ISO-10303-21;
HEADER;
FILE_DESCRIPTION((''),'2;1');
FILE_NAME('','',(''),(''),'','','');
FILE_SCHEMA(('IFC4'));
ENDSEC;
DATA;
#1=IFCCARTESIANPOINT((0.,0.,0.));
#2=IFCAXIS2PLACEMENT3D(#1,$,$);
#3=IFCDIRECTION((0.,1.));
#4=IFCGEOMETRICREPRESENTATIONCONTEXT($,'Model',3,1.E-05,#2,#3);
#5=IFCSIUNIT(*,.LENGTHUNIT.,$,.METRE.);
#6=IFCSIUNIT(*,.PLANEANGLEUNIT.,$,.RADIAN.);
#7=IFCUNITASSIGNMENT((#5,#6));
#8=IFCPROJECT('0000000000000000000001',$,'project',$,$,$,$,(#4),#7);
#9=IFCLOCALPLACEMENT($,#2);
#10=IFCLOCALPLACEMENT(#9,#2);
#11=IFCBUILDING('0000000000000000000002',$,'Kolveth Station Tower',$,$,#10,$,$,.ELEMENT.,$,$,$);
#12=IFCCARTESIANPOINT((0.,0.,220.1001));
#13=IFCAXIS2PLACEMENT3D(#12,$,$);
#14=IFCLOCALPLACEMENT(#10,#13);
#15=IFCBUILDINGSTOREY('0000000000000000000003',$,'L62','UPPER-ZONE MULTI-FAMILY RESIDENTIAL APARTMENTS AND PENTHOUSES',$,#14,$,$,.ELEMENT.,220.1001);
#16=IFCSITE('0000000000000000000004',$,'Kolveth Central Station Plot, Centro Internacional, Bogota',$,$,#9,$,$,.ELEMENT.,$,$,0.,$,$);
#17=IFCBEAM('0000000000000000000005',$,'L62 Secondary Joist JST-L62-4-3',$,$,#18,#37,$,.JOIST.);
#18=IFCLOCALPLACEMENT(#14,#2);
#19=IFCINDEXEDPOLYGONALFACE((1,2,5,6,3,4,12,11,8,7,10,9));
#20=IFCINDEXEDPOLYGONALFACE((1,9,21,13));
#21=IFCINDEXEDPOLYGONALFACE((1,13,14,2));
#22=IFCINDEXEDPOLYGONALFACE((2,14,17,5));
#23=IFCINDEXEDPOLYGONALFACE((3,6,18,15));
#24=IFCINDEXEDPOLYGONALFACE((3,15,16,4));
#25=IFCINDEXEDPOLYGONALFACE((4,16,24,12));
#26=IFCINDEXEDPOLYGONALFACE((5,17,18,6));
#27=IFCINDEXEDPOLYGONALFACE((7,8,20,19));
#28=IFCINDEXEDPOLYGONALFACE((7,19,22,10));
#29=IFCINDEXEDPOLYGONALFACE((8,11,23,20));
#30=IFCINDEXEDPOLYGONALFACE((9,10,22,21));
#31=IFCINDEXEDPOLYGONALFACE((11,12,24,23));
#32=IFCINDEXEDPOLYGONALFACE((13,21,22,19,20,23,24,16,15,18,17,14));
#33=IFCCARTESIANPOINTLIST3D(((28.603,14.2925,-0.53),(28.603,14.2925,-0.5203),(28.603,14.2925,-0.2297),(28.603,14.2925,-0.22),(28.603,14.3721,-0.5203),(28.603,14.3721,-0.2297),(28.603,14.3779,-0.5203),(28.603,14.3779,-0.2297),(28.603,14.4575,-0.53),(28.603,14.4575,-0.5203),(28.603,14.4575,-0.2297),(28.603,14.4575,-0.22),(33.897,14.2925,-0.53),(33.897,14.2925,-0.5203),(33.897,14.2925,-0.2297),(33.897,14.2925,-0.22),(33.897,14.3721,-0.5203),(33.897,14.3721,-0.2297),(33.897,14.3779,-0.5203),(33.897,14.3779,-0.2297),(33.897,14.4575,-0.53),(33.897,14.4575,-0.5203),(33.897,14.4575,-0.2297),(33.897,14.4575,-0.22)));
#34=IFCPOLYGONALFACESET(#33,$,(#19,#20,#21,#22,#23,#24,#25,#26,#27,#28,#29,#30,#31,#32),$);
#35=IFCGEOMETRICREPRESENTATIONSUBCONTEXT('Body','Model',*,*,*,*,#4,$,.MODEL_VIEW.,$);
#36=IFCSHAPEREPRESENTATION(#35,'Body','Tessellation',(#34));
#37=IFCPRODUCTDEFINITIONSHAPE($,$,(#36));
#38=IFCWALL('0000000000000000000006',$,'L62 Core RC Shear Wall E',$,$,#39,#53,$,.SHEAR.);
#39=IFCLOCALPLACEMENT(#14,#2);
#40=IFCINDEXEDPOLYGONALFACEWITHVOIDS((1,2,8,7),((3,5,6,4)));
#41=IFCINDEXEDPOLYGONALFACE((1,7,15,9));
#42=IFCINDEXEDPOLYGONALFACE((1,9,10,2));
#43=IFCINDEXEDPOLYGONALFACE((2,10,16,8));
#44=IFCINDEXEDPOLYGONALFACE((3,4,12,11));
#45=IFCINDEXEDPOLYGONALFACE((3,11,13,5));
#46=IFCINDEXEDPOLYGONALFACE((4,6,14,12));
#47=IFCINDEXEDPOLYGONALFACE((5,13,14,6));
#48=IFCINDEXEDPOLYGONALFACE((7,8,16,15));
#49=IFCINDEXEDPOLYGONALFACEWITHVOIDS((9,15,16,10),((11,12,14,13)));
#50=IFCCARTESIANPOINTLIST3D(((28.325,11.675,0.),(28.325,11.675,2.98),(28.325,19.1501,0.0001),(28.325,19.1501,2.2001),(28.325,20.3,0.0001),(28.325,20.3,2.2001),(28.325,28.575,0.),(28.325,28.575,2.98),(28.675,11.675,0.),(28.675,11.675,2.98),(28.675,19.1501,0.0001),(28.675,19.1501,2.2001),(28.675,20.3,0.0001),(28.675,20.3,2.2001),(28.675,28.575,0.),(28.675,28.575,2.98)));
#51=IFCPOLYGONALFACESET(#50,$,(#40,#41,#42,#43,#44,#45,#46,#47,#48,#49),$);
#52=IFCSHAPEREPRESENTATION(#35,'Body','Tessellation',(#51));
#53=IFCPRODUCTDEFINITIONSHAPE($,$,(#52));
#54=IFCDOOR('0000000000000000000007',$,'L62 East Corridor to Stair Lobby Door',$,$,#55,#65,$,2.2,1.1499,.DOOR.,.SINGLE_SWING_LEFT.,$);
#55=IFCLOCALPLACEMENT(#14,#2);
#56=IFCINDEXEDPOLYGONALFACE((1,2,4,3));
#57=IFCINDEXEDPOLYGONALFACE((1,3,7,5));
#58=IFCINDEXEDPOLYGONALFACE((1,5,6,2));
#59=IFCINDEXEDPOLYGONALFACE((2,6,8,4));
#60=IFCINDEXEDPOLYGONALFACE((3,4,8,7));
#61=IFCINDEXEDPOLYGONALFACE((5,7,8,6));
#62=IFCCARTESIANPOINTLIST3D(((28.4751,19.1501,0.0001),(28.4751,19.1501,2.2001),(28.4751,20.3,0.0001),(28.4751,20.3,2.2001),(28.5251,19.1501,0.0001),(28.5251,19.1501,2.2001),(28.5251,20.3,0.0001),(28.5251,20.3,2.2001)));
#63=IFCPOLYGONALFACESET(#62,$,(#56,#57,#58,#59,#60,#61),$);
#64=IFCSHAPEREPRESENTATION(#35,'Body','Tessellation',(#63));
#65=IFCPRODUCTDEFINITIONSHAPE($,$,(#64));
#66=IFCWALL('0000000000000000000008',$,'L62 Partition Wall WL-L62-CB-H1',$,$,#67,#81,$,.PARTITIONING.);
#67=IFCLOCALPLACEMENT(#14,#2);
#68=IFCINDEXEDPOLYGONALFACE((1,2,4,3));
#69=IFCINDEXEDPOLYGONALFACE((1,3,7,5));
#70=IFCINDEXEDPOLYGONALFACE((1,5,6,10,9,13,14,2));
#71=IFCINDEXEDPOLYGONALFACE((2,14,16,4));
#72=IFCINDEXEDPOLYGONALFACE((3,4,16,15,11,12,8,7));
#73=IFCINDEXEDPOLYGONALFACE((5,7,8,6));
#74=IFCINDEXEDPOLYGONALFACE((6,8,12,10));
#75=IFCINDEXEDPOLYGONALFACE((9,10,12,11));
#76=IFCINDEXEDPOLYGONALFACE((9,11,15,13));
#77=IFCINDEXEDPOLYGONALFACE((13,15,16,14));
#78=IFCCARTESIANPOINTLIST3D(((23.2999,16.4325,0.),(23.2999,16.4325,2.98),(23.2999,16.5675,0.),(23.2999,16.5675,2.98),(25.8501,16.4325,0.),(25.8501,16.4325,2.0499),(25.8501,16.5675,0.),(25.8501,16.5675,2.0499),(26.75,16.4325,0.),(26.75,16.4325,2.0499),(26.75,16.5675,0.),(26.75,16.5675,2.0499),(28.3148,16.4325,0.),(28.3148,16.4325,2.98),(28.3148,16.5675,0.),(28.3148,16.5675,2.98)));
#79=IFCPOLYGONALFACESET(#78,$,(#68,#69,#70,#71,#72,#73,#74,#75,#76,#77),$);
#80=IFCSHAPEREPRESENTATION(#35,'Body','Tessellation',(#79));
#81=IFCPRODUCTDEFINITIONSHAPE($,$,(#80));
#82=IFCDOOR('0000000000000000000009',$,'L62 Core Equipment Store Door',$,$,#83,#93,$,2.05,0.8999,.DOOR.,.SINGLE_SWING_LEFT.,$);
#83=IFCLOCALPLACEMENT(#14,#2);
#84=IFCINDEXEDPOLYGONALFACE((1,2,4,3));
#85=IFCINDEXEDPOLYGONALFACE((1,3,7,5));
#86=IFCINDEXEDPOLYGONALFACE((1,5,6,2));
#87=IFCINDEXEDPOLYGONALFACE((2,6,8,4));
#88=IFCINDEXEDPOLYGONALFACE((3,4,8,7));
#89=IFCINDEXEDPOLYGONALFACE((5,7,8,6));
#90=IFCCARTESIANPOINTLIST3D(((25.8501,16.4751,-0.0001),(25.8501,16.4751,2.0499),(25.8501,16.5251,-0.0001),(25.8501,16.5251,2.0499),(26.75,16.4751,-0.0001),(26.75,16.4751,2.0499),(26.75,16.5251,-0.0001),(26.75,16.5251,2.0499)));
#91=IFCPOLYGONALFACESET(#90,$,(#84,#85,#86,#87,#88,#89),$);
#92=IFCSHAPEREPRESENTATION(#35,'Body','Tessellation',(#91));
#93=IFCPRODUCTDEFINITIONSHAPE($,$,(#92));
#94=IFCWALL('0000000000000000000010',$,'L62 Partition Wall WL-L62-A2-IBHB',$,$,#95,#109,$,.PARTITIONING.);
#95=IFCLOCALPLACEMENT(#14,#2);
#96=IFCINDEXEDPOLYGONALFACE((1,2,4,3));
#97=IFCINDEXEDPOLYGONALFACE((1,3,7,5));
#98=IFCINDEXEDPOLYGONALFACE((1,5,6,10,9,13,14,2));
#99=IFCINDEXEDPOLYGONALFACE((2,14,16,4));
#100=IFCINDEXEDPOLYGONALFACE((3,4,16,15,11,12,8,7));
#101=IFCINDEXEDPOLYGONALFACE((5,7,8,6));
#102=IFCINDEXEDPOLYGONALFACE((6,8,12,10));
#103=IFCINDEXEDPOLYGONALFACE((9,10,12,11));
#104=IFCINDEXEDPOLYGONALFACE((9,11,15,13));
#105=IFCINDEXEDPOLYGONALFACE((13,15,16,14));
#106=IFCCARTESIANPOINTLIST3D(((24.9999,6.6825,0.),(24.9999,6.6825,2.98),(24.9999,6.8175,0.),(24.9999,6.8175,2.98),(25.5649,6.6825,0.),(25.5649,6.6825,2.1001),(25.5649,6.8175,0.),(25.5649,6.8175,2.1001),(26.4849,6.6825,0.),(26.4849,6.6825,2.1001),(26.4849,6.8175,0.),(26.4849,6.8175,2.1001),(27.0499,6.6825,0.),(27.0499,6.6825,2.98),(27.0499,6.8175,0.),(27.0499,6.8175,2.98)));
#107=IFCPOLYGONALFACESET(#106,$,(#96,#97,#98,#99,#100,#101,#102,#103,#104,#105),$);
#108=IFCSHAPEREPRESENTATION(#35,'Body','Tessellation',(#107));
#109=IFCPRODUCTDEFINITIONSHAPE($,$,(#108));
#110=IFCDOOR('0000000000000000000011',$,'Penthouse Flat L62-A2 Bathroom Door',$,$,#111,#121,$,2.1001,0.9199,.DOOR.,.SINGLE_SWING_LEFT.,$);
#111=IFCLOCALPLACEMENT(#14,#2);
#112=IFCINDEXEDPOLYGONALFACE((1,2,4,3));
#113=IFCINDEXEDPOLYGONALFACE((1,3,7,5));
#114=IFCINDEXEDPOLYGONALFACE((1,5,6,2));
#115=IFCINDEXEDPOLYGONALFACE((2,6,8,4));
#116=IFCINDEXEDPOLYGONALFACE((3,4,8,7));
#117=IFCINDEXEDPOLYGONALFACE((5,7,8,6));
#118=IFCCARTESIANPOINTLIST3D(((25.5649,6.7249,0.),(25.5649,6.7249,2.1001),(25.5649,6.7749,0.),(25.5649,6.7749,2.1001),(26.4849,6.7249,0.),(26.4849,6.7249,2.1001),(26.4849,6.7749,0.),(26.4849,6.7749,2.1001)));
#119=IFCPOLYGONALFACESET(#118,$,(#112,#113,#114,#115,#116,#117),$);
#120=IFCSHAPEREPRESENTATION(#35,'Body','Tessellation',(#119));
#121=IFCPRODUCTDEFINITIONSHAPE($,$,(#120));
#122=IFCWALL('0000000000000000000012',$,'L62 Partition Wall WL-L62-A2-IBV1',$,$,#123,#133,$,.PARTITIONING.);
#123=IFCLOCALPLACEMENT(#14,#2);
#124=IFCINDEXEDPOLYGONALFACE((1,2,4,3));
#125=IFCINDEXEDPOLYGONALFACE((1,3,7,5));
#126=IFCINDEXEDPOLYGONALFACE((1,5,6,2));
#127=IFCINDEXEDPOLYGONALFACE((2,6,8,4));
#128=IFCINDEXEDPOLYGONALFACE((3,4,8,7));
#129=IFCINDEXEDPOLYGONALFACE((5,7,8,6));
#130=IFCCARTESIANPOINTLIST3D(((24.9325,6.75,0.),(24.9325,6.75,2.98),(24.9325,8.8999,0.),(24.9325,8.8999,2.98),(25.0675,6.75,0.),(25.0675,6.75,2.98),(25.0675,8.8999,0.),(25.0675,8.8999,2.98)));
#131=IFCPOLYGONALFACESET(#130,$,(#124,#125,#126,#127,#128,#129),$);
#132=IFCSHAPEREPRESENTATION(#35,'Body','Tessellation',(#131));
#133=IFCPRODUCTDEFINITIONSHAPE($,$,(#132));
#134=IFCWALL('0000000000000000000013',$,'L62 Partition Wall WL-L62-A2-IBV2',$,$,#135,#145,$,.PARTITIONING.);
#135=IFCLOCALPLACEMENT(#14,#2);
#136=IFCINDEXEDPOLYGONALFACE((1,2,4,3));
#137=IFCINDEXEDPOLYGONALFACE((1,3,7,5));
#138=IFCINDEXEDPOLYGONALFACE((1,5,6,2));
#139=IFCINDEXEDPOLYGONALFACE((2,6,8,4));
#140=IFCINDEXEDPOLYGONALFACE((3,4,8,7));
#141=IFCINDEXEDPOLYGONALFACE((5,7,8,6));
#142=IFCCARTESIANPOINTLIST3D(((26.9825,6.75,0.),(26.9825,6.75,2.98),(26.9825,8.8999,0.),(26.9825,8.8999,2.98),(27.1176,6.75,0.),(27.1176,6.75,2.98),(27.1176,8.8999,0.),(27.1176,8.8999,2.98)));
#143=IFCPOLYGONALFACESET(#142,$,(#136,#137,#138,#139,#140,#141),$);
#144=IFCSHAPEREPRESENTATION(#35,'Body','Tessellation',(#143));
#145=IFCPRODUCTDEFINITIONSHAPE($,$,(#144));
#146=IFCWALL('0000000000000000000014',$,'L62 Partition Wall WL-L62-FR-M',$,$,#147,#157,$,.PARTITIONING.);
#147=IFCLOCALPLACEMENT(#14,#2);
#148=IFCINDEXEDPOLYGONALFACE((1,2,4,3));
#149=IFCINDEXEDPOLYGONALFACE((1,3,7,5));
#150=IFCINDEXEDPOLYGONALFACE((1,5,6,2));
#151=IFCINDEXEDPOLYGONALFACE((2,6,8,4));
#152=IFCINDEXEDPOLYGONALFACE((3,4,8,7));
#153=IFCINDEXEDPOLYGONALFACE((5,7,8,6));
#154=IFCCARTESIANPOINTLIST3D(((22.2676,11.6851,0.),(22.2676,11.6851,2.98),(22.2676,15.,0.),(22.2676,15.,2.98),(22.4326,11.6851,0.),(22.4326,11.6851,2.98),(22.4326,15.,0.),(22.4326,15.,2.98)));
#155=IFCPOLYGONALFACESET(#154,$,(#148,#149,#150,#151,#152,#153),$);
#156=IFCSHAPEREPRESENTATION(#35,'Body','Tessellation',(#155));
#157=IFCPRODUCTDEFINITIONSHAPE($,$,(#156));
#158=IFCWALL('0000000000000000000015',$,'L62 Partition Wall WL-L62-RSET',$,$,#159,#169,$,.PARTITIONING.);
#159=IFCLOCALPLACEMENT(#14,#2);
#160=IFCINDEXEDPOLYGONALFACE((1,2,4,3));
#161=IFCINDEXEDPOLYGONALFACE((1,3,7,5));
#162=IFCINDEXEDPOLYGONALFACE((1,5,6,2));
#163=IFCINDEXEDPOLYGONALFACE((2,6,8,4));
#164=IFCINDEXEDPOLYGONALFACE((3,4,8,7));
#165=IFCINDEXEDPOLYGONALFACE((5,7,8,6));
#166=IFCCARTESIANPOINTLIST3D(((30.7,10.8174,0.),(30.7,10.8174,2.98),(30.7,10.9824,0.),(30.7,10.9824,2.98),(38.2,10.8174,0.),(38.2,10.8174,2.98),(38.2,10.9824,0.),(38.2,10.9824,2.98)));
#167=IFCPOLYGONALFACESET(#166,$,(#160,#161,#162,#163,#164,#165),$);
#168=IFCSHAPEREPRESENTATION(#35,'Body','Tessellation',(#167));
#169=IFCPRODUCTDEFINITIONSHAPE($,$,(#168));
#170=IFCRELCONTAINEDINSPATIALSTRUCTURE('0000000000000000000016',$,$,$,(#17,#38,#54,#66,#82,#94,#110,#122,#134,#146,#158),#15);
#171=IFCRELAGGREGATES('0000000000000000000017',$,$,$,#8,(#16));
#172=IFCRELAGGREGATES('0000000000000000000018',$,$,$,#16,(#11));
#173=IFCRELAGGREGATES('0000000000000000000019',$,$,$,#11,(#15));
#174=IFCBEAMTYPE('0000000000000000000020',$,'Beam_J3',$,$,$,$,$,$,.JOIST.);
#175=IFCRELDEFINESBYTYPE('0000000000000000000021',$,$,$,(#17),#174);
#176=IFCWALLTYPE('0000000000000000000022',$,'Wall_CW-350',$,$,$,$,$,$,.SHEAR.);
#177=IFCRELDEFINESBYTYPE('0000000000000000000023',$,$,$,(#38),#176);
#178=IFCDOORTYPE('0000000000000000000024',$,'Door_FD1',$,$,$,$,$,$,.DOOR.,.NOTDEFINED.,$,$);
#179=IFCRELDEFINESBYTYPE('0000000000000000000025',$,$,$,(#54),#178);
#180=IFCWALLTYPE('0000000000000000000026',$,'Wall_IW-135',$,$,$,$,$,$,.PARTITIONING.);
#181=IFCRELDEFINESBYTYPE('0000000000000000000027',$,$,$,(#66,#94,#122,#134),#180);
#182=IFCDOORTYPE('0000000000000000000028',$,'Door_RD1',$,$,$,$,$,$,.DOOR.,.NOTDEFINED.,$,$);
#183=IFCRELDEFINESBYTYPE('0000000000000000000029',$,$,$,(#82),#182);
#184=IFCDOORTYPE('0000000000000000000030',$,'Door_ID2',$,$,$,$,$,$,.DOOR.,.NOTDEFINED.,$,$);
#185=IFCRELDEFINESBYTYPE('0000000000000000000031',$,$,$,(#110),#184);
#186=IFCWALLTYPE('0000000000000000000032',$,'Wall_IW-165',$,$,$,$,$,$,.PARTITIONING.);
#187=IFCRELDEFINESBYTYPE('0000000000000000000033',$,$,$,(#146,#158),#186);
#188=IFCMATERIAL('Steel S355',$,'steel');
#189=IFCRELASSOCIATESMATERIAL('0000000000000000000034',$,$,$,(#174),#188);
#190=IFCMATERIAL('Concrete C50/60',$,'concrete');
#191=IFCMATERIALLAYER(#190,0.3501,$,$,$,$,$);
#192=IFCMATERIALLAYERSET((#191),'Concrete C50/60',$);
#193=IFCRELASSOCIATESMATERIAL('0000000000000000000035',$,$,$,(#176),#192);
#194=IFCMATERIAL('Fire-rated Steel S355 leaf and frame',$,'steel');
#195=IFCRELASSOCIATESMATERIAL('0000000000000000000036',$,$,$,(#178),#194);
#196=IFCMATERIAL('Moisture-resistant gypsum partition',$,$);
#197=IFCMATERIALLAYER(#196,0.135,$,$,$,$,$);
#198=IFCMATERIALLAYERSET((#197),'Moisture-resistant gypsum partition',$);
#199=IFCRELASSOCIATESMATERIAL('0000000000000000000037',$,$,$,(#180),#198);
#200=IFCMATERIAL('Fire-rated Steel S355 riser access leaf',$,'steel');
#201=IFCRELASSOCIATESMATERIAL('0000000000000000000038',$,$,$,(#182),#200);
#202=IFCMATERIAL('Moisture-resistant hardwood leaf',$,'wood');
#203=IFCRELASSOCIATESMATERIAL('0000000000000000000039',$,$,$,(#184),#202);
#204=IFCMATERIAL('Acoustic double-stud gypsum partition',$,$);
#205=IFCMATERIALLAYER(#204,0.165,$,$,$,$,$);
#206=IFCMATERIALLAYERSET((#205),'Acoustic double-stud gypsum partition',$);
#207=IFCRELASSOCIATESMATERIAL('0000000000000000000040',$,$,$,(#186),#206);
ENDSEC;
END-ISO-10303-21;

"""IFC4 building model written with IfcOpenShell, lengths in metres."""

from ifc_helpers import new_model, si_unit, direction, frame, frame_2d, origin, origin_2d, place, context, subcontext, project, spatial, rectangle, i_section, extrude, source, transform, mapped, material, layer, layer_set, material_profile, profile_set, type_object, element, fill, save


model = new_model("IFC4")

# Units and contexts
model_context = context("Model", 3, precision=1e-05, world=origin(), true_north=direction((0.0, 1.0)))
body_context = subcontext(model_context, "Body", "Model", "MODEL_VIEW")
ifc_project = project(units=[si_unit("LENGTHUNIT", "METRE"), si_unit("PLANEANGLEUNIT", "RADIAN")], contexts=[model_context])

# Site, building, storey
site_placement = place(None, origin())
site = spatial("IfcSite", under=ifc_project, at=site_placement, Name="Kolveth Central Station Plot, Centro Internacional, Bogota", CompositionType="ELEMENT", RefElevation=0.0)
building_placement = place(site_placement, origin())
building = spatial("IfcBuilding", under=site, at=building_placement, Name="Kolveth Station Tower", CompositionType="ELEMENT")
storey_placement = place(building_placement, frame((0.0, 0.0, 220.1001)))
storey = spatial("IfcBuildingStorey", under=building, at=storey_placement, Name="L62", Description="UPPER-ZONE MULTI-FAMILY RESIDENTIAL APARTMENTS AND PENTHOUSES", CompositionType="ELEMENT", Elevation=220.1001)

# Shared definitions
ifc_material_1 = material(Name="Steel S355", Category="steel")

# Beam
ifc_material_profile_1 = material_profile(ifc_material_1, i_section(OverallWidth=0.165, OverallDepth=0.3101, WebThickness=0.0059, FlangeThickness=0.0098, at=origin_2d()), Name="W310x39")
ifc_profile_set_1 = profile_set([ifc_material_profile_1], Name="Steel S355")
beam_type_1 = type_object("IfcBeamType", Name="Beam_J3", PredefinedType="JOIST", material=ifc_profile_set_1)
shared_shape_1 = source(origin(), body_context, "Body", "SweptSolid", [
    extrude(i_section(OverallWidth=0.165, OverallDepth=0.3101, WebThickness=0.0059, FlangeThickness=0.0098, at=origin_2d()), origin(), (0.0, 0.0, 1.0), 5.2939),
])
for number, where, z_axis, x_axis, name in (
    (1, (28.603, 14.375, -0.375), (1.0, 0.0, 0.0), (0.0, 1.0, 0.0), "L62 Secondary Joist JST-L62-4-3"),
):
    element("IfcBeam", number, at=place(storey_placement, frame(where, z_axis=z_axis, x_axis=x_axis)), inside=storey, type_object=beam_type_1, Name=name, PredefinedType="JOIST", context=body_context, shape_type="MappedRepresentation", body=[
        mapped(shared_shape_1, transform((0.0, 0.0, 0.0), x_axis=(1.0, 0.0, 0.0), y_axis=(0.0, 1.0, 0.0), z_axis=(0.0, 0.0, 1.0), scale=1.0)),
    ])

# Walls, openings, doors
ifc_material_2 = material(Name="Concrete C50/60", Category="concrete")
ifc_layer_1 = layer(ifc_material_2, 0.3501)
ifc_layer_set_1 = layer_set([ifc_layer_1], Name="Concrete C50/60")
wall_type_1 = type_object("IfcWallType", Name="Wall_CW-350", PredefinedType="SHEAR", material=ifc_layer_set_1)
wall_1_placement = place(storey_placement, frame((28.5, 11.675, 0.0), z_axis=(0.0, 0.0, 1.0), x_axis=(0.0, 1.0, 0.0)))
wall_1 = element("IfcWall", 2, at=wall_1_placement, inside=storey, type_object=wall_type_1, Name="L62 Core RC Shear Wall E", PredefinedType="SHEAR", context=body_context, shape_type="SweptSolid", body=[
    extrude(rectangle(XDim=16.8999, YDim=0.3501, at=frame_2d((8.45, 0.0))), origin(), (0.0, 0.0, 1.0), 2.98),
])
opening_1_placement = place(wall_1_placement, frame((7.4751, 0.0, 0.0)))
opening_1 = element("IfcOpeningElement", 3, at=opening_1_placement, cuts=wall_1, PredefinedType="OPENING", context=body_context, shape_type="SweptSolid", body=[
    extrude(rectangle(XDim=1.1499, YDim=2.2, at=frame_2d((0.575, 1.1001))), frame((0.0, 0.1851, 0.0), z_axis=(0.0, -1.0, 0.0), x_axis=(1.0, 0.0, 0.0)), (0.0, 0.0, 1.0), 0.3701),
])
ifc_material_3 = material(Name="Fire-rated Steel S355 leaf and frame", Category="steel")
door_type_1 = type_object("IfcDoorType", Name="Door_FD1", OperationType="NOTDEFINED", PredefinedType="DOOR", material=ifc_material_3)
door_1_placement = place(opening_1_placement, origin())
door_1 = element("IfcDoor", 4, at=door_1_placement, inside=storey, type_object=door_type_1, Name="L62 East Corridor to Stair Lobby Door", OperationType="SINGLE_SWING_LEFT", OverallHeight=2.2, OverallWidth=1.1499, PredefinedType="DOOR", context=body_context, shape_type="SweptSolid", body=[
    extrude(rectangle(XDim=1.1499, YDim=2.2, at=frame_2d((0.575, 1.1001))), frame((0.0, 0.0249, 0.0), z_axis=(0.0, -1.0, 0.0), x_axis=(1.0, 0.0, 0.0)), (0.0, 0.0, 1.0), 0.05),
])
fill(opening_1, door_1)
ifc_material_4 = material(Name="Moisture-resistant gypsum partition")
ifc_layer_2 = layer(ifc_material_4, 0.135)
ifc_layer_set_2 = layer_set([ifc_layer_2], Name="Moisture-resistant gypsum partition")
wall_type_2 = type_object("IfcWallType", Name="Wall_IW-135", PredefinedType="PARTITIONING", material=ifc_layer_set_2)
wall_2_placement = place(storey_placement, frame((23.3, 16.5, 0.0), z_axis=(0.0, 0.0, 1.0), x_axis=(1.0, 0.0, 0.0)))
wall_2 = element("IfcWall", 5, at=wall_2_placement, inside=storey, type_object=wall_type_2, Name="L62 Partition Wall WL-L62-CB-H1", PredefinedType="PARTITIONING", context=body_context, shape_type="SweptSolid", body=[
    extrude(rectangle(XDim=5.0149, YDim=0.135, at=frame_2d((2.5073, 0.0))), origin(), (0.0, 0.0, 1.0), 2.98),
])
opening_2_placement = place(wall_2_placement, frame((2.55, 0.0, 0.0)))
opening_2 = element("IfcOpeningElement", 6, at=opening_2_placement, cuts=wall_2, PredefinedType="OPENING", context=body_context, shape_type="SweptSolid", body=[
    extrude(rectangle(XDim=0.8999, YDim=2.05, at=frame_2d((0.45, 1.0249))), frame((0.0, 0.0774, 0.0), z_axis=(0.0, -1.0, 0.0), x_axis=(1.0, 0.0, 0.0)), (0.0, 0.0, 1.0), 0.155),
])
ifc_material_5 = material(Name="Fire-rated Steel S355 riser access leaf", Category="steel")
door_type_2 = type_object("IfcDoorType", Name="Door_RD1", OperationType="NOTDEFINED", PredefinedType="DOOR", material=ifc_material_5)
door_2_placement = place(opening_2_placement, frame((0.8999, 0.0, 0.0), z_axis=(0.0, 0.0, 1.0), x_axis=(-1.0, 0.0, 0.0)))
door_2 = element("IfcDoor", 7, at=door_2_placement, inside=storey, type_object=door_type_2, Name="L62 Core Equipment Store Door", OperationType="SINGLE_SWING_LEFT", OverallHeight=2.05, OverallWidth=0.8999, PredefinedType="DOOR", context=body_context, shape_type="SweptSolid", body=[
    extrude(rectangle(XDim=0.8999, YDim=2.05, at=frame_2d((0.45, 1.0249))), frame((0.0, 0.0249, 0.0), z_axis=(0.0, -1.0, 0.0), x_axis=(1.0, 0.0, 0.0)), (0.0, 0.0, 1.0), 0.05),
])
fill(opening_2, door_2)
wall_3_placement = place(storey_placement, frame((25.0, 6.75, 0.0), z_axis=(0.0, 0.0, 1.0), x_axis=(1.0, 0.0, 0.0)))
wall_3 = element("IfcWall", 8, at=wall_3_placement, inside=storey, type_object=wall_type_2, Name="L62 Partition Wall WL-L62-A2-IBHB", PredefinedType="PARTITIONING", context=body_context, shape_type="SweptSolid", body=[
    extrude(rectangle(XDim=2.05, YDim=0.135, at=frame_2d((1.0249, 0.0))), origin(), (0.0, 0.0, 1.0), 2.98),
])
opening_3_placement = place(wall_3_placement, frame((0.5649, 0.0, 0.0)))
opening_3 = element("IfcOpeningElement", 9, at=opening_3_placement, cuts=wall_3, PredefinedType="OPENING", context=body_context, shape_type="SweptSolid", body=[
    extrude(rectangle(XDim=0.9199, YDim=2.1001, at=frame_2d((0.46, 1.05))), frame((0.0, 0.0774, 0.0), z_axis=(0.0, -1.0, 0.0), x_axis=(1.0, 0.0, 0.0)), (0.0, 0.0, 1.0), 0.155),
])
ifc_material_6 = material(Name="Moisture-resistant hardwood leaf", Category="wood")
door_type_3 = type_object("IfcDoorType", Name="Door_ID2", OperationType="NOTDEFINED", PredefinedType="DOOR", material=ifc_material_6)
door_3_placement = place(opening_3_placement, origin())
door_3 = element("IfcDoor", 10, at=door_3_placement, inside=storey, type_object=door_type_3, Name="Penthouse Flat L62-A2 Bathroom Door", OperationType="SINGLE_SWING_LEFT", OverallHeight=2.1001, OverallWidth=0.9199, PredefinedType="DOOR", context=body_context, shape_type="SweptSolid", body=[
    extrude(rectangle(XDim=0.9199, YDim=2.1001, at=frame_2d((0.46, 1.05))), frame((0.0, 0.0249, 0.0), z_axis=(0.0, -1.0, 0.0), x_axis=(1.0, 0.0, 0.0)), (0.0, 0.0, 1.0), 0.05),
])
fill(opening_3, door_3)

# Walls
for number, where, z_axis, x_axis, name in (
    (11, (25.0, 6.75, 0.0), (0.0, 0.0, 1.0), (0.0, 1.0, 0.0), "L62 Partition Wall WL-L62-A2-IBV1"),
    (12, (27.05, 6.75, 0.0), (0.0, 0.0, 1.0), (0.0, 1.0, 0.0), "L62 Partition Wall WL-L62-A2-IBV2"),
):
    element("IfcWall", number, at=place(storey_placement, frame(where, z_axis=z_axis, x_axis=x_axis)), inside=storey, type_object=wall_type_2, Name=name, PredefinedType="PARTITIONING", context=body_context, shape_type="SweptSolid", body=[
        extrude(rectangle(XDim=2.1499, YDim=0.135, at=frame_2d((1.075, 0.0))), origin(), (0.0, 0.0, 1.0), 2.98),
    ])
ifc_material_7 = material(Name="Acoustic double-stud gypsum partition")
ifc_layer_3 = layer(ifc_material_7, 0.165)
ifc_layer_set_3 = layer_set([ifc_layer_3], Name="Acoustic double-stud gypsum partition")
wall_type_3 = type_object("IfcWallType", Name="Wall_IW-165", PredefinedType="PARTITIONING", material=ifc_layer_set_3)
wall_4_placement = place(storey_placement, frame((22.3501, 11.6851, 0.0), z_axis=(0.0, 0.0, 1.0), x_axis=(0.0, 1.0, 0.0)))
element("IfcWall", 13, at=wall_4_placement, inside=storey, type_object=wall_type_3, Name="L62 Partition Wall WL-L62-FR-M", PredefinedType="PARTITIONING", context=body_context, shape_type="SweptSolid", body=[
    extrude(rectangle(XDim=3.3149, YDim=0.165, at=frame_2d((1.6575, 0.0))), origin(), (0.0, 0.0, 1.0), 2.98),
])
wall_5_placement = place(storey_placement, frame((30.7, 10.8999, 0.0), z_axis=(0.0, 0.0, 1.0), x_axis=(1.0, 0.0, 0.0)))
element("IfcWall", 14, at=wall_5_placement, inside=storey, type_object=wall_type_3, Name="L62 Partition Wall WL-L62-RSET", PredefinedType="PARTITIONING", context=body_context, shape_type="SweptSolid", body=[
    extrude(rectangle(XDim=7.5, YDim=0.165, at=frame_2d((3.75, 0.0))), origin(), (0.0, 0.0, 1.0), 2.98),
])

save(model, "model.ifc")
